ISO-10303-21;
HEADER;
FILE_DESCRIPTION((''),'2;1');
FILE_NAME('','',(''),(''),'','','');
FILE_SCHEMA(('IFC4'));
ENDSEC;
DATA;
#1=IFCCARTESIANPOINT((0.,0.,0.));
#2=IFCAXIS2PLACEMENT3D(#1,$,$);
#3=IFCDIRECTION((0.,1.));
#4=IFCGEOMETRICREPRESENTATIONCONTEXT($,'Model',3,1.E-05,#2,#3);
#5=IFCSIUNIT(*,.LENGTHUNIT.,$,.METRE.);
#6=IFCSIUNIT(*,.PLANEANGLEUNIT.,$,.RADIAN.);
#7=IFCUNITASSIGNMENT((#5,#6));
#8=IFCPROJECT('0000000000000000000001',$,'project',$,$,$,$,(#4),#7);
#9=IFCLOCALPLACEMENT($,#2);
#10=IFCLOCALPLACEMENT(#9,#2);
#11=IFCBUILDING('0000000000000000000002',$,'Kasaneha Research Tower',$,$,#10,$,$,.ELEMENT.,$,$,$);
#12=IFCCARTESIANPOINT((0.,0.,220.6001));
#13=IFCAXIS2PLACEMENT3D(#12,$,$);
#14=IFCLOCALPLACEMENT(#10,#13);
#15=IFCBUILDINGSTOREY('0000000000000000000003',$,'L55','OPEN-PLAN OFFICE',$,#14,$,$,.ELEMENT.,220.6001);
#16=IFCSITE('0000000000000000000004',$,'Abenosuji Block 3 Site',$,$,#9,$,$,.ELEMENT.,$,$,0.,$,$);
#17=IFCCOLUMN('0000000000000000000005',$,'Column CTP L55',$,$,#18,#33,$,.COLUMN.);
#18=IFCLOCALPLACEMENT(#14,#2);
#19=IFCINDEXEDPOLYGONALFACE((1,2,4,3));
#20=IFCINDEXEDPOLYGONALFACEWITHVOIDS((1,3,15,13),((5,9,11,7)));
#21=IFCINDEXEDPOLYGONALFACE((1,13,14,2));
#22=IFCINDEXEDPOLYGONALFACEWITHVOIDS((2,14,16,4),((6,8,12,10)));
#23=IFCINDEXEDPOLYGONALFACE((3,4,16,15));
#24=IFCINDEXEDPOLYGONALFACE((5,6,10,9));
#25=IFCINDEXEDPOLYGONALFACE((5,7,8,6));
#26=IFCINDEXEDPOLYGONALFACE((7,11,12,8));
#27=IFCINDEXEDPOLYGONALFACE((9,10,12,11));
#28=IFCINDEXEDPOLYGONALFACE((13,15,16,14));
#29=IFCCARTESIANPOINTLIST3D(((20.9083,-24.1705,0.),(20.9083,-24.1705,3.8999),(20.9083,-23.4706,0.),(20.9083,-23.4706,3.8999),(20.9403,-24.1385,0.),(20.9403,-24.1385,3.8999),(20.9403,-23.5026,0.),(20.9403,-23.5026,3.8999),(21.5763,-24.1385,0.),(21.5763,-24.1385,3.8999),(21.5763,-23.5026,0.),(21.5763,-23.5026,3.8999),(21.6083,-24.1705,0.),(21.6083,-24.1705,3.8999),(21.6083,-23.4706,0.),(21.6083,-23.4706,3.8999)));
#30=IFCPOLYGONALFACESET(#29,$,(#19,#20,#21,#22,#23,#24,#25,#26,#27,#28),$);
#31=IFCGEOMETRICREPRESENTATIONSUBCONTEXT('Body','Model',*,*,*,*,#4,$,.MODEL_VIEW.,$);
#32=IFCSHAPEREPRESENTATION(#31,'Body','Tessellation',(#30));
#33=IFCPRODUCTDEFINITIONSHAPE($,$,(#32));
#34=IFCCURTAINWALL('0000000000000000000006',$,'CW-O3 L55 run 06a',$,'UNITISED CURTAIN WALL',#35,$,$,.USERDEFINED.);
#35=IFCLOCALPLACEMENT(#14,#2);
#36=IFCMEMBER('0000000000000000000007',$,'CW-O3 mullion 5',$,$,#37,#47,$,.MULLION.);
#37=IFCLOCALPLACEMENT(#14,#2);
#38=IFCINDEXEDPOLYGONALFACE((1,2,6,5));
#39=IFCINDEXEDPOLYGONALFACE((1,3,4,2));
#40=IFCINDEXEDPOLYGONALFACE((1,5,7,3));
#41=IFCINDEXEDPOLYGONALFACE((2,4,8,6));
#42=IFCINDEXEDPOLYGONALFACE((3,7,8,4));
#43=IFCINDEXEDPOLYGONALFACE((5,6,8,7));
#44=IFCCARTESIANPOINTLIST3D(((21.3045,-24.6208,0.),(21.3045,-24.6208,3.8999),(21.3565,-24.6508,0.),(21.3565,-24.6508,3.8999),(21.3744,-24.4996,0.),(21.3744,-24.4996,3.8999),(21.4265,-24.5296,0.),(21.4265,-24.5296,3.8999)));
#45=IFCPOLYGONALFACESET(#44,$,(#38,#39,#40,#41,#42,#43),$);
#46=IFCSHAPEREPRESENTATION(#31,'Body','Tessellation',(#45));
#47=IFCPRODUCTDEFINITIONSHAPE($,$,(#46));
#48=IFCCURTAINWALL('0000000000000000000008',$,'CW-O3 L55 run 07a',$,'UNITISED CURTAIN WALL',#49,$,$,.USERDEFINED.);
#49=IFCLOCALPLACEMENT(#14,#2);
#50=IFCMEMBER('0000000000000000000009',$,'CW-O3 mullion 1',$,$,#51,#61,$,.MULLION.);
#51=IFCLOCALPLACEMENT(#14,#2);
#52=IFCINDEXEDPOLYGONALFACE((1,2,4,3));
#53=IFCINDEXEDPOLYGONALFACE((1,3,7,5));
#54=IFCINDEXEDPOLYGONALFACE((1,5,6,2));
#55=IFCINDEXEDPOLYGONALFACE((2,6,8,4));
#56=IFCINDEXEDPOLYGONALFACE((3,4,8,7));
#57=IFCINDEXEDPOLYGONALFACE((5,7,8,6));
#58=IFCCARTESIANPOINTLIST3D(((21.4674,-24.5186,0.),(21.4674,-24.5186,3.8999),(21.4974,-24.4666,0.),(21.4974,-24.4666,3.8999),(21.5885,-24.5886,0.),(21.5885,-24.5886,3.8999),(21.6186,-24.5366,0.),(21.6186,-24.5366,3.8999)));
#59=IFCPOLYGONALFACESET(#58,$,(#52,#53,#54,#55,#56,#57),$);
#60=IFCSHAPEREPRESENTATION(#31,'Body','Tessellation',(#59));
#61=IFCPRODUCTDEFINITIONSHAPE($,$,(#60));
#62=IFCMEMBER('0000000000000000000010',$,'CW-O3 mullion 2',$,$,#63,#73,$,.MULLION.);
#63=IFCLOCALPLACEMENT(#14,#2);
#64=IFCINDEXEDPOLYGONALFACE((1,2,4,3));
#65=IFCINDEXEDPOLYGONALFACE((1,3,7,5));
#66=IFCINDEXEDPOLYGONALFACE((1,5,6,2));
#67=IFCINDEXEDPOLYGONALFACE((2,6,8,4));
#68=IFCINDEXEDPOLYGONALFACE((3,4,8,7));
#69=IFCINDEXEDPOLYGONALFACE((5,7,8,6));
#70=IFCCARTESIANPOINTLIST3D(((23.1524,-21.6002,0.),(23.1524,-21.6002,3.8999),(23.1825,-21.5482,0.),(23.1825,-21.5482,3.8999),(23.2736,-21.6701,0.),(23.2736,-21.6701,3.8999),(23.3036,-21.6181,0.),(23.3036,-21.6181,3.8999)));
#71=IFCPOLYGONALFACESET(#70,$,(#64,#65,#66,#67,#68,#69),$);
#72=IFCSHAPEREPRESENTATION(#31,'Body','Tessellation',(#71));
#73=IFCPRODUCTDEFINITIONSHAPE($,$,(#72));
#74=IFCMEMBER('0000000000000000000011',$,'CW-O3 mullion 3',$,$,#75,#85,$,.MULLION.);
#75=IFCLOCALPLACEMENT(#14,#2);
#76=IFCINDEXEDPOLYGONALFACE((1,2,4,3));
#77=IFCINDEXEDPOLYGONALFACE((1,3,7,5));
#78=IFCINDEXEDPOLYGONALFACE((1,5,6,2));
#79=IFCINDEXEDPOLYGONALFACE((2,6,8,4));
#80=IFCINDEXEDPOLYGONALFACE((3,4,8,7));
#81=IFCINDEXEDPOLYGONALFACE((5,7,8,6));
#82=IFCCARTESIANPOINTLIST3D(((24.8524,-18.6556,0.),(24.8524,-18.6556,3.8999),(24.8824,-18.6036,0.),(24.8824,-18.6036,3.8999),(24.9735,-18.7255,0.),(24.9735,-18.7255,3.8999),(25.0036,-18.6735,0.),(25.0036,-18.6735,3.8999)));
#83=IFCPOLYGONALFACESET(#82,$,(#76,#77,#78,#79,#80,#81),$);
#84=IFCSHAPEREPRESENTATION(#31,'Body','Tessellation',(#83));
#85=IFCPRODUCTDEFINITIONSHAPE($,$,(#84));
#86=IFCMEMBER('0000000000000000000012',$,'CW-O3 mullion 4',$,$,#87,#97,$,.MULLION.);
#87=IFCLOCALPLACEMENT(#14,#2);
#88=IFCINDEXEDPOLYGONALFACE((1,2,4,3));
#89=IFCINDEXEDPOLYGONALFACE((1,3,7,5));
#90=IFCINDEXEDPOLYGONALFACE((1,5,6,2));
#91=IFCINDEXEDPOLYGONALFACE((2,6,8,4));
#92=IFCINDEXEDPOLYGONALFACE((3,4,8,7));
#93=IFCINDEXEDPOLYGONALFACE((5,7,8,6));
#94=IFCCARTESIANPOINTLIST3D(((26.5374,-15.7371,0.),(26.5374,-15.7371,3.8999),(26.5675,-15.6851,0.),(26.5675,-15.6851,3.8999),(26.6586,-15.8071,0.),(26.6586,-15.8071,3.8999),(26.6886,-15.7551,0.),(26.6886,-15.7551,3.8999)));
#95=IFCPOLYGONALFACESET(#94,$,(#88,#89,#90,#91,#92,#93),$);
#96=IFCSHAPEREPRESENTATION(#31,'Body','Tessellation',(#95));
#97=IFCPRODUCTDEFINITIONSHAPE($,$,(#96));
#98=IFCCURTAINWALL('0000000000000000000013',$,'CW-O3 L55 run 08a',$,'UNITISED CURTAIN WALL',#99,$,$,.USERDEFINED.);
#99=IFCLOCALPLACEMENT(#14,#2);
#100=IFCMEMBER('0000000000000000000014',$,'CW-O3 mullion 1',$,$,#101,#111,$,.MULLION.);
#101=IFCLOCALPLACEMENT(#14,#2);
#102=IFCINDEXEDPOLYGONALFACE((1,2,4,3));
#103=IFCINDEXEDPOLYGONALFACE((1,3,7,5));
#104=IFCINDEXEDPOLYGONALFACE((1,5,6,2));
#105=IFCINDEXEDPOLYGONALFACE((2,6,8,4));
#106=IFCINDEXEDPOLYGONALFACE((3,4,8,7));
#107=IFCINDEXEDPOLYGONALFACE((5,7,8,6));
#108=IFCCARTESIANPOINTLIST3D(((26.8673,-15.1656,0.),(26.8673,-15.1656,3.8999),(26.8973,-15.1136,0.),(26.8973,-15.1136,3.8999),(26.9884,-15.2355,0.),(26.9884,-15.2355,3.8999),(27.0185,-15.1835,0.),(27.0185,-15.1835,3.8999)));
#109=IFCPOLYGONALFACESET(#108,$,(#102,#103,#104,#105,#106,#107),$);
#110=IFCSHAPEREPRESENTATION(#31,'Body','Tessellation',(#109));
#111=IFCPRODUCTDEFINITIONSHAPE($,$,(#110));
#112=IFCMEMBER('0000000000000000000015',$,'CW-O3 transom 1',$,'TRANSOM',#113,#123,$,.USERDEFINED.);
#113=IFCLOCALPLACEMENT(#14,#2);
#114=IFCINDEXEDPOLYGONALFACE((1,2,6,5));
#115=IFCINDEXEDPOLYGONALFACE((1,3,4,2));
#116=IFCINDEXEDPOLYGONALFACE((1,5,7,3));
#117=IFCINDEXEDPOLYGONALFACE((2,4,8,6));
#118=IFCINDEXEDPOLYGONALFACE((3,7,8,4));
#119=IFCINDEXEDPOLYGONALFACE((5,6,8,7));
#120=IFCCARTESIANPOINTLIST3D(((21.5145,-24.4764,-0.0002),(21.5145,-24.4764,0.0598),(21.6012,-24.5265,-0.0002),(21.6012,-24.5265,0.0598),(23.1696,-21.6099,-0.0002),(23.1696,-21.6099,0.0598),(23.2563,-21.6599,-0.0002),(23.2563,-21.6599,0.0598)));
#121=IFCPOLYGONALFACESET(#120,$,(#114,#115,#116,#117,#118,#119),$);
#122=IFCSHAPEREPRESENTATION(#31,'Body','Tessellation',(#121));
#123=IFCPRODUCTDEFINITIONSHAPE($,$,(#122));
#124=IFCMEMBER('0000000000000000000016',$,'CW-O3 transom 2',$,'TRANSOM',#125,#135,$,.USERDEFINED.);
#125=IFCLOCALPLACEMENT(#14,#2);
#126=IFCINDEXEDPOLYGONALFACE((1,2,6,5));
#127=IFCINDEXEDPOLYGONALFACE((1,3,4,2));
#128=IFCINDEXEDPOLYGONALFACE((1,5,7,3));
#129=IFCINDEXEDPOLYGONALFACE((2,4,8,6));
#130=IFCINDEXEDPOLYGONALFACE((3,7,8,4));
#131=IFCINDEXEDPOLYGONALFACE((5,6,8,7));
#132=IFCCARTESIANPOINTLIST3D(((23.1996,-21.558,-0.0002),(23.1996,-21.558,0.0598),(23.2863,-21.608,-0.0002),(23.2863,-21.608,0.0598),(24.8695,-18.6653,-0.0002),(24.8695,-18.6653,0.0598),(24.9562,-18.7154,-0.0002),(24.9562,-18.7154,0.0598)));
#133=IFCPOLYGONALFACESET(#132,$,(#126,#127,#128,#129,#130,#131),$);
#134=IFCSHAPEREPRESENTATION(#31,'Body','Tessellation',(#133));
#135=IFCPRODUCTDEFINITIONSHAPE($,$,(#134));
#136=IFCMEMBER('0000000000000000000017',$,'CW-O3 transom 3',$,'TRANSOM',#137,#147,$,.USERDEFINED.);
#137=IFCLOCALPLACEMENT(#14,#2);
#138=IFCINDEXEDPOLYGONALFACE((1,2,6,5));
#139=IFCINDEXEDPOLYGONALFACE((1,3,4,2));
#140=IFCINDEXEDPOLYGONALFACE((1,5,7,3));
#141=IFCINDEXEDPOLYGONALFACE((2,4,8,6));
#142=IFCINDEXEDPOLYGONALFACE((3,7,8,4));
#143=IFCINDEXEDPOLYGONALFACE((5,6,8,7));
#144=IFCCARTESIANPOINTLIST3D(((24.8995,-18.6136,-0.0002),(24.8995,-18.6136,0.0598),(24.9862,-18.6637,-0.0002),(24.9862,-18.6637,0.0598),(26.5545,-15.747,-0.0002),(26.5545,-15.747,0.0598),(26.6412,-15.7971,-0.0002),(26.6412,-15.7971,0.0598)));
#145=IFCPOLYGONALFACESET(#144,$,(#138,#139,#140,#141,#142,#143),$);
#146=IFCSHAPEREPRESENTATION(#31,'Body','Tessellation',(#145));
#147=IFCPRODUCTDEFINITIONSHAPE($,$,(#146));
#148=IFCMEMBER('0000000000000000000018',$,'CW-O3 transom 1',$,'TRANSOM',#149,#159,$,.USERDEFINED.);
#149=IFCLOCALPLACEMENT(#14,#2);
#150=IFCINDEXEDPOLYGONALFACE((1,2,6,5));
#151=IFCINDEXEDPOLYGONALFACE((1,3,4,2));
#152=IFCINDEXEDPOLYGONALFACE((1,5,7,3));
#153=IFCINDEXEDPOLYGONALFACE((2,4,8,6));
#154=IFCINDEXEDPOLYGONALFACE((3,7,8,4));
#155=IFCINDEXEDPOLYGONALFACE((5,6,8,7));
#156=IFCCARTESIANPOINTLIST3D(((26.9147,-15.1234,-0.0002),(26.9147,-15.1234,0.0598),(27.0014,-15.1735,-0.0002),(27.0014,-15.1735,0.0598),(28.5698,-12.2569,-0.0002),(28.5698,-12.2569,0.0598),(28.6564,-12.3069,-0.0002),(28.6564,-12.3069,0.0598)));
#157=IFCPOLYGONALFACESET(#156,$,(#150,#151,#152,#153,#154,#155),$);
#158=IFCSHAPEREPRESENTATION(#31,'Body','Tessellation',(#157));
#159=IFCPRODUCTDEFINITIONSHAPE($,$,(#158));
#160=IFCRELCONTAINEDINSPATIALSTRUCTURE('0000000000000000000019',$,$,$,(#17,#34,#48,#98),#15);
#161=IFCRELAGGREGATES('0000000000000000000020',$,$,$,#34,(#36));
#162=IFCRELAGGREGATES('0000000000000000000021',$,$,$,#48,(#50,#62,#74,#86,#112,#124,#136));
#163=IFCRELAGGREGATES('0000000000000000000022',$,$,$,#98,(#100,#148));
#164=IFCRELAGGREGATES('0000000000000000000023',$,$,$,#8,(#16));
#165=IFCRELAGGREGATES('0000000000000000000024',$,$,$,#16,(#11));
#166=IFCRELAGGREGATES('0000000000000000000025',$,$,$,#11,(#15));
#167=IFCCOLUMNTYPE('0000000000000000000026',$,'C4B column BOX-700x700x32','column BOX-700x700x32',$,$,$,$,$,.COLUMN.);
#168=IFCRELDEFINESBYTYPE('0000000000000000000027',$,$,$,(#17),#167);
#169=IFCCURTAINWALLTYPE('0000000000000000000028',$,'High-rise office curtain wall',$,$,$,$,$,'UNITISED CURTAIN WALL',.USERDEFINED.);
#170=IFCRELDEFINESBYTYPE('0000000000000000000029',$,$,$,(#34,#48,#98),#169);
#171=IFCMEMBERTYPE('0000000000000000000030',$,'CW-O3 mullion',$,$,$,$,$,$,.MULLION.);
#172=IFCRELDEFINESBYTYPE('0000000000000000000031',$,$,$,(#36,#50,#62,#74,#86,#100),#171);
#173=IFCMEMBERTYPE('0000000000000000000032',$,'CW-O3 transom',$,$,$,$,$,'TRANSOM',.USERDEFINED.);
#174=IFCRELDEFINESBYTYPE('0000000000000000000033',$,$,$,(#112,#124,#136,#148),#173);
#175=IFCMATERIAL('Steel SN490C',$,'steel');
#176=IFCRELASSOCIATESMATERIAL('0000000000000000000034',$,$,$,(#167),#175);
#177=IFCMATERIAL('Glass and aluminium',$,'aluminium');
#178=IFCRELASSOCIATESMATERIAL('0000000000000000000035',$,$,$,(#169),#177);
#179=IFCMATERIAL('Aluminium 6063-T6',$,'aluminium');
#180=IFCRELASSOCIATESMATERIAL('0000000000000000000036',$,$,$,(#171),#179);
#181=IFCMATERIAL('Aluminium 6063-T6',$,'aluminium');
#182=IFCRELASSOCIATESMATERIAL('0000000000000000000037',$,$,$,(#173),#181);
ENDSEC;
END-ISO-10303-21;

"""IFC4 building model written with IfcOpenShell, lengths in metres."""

from ifc_helpers import new_model, si_unit, direction, frame, origin, origin_2d, place, context, subcontext, project, spatial, rectangle, hollow_rectangle, extrude, material, material_profile, profile_set, type_object, element, aggregate, save


model = new_model("IFC4")

# Units and contexts
model_context = context("Model", 3, precision=1e-05, world=origin(), true_north=direction((0.0, 1.0)))
body_context = subcontext(model_context, "Body", "Model", "MODEL_VIEW")
ifc_project = project(units=[si_unit("LENGTHUNIT", "METRE"), si_unit("PLANEANGLEUNIT", "RADIAN")], contexts=[model_context])

# Site, building, storey
site_placement = place(None, origin())
site = spatial("IfcSite", under=ifc_project, at=site_placement, Name="Abenosuji Block 3 Site", CompositionType="ELEMENT", RefElevation=0.0)
building_placement = place(site_placement, origin())
building = spatial("IfcBuilding", under=site, at=building_placement, Name="Kasaneha Research Tower", CompositionType="ELEMENT")
storey_placement = place(building_placement, frame((0.0, 0.0, 220.6001)))
storey = spatial("IfcBuildingStorey", under=building, at=storey_placement, Name="L55", Description="OPEN-PLAN OFFICE", CompositionType="ELEMENT", Elevation=220.6001)

# Column
ifc_material_1 = material(Name="Steel SN490C", Category="steel")
ifc_material_profile_1 = material_profile(ifc_material_1, hollow_rectangle(XDim=0.7, YDim=0.7, WallThickness=0.032, at=origin_2d()), Name="BOX-700x700x32")
ifc_profile_set_1 = profile_set([ifc_material_profile_1], Name="Steel SN490C")
column_type = type_object("IfcColumnType", Name="C4B column BOX-700x700x32", Description="column BOX-700x700x32", PredefinedType="COLUMN", material=ifc_profile_set_1)
column_placement = place(storey_placement, frame((21.2583, -23.8206, 0.0), z_axis=(0.0, 0.0, 1.0), x_axis=(1.0, 0.0, 0.0)))
element("IfcColumn", 1, at=column_placement, inside=storey, type_object=column_type, Name="Column CTP L55", PredefinedType="COLUMN", context=body_context, shape_type="SweptSolid", body=[
    extrude(hollow_rectangle(XDim=0.7, YDim=0.7, WallThickness=0.032, at=origin_2d()), origin(), (0.0, 0.0, 1.0), 3.8999),
])

# Curtain wall, member
ifc_material_2 = material(Name="Glass and aluminium", Category="aluminium")
curtain_wall_type = type_object("IfcCurtainWallType", Name="High-rise office curtain wall", ElementType="UNITISED CURTAIN WALL", PredefinedType="USERDEFINED", material=ifc_material_2)
curtain_wall_1_placement = place(storey_placement, origin())
curtain_wall_1 = element("IfcCurtainWall", 2, at=curtain_wall_1_placement, inside=storey, type_object=curtain_wall_type, Name="CW-O3 L55 run 06a", ObjectType="UNITISED CURTAIN WALL", PredefinedType="USERDEFINED")
ifc_material_3 = material(Name="Aluminium 6063-T6", Category="aluminium")
ifc_material_profile_2 = material_profile(ifc_material_3, rectangle(XDim=0.0601, YDim=0.1399, at=origin_2d()), Name="CW-O3 mullion 60x140")
ifc_profile_set_2 = profile_set([ifc_material_profile_2], Name="Aluminium 6063-T6")
member_type_1 = type_object("IfcMemberType", Name="CW-O3 mullion", PredefinedType="MULLION", material=ifc_profile_set_2)
member_1_placement = place(storey_placement, frame((21.3655, -24.5752, 0.0), z_axis=(0.0, 0.0, 1.0), x_axis=(0.866025, -0.5, 0.0)))
member_1 = element("IfcMember", 3, at=member_1_placement, type_object=member_type_1, Name="CW-O3 mullion 5", PredefinedType="MULLION", context=body_context, shape_type="SweptSolid", body=[
    extrude(rectangle(XDim=0.0601, YDim=0.1399, at=origin_2d()), origin(), (0.0, 0.0, 1.0), 3.8999),
])

# Curtain wall, members
curtain_wall_2_placement = place(storey_placement, origin())
curtain_wall_2 = element("IfcCurtainWall", 4, at=curtain_wall_2_placement, inside=storey, type_object=curtain_wall_type, Name="CW-O3 L55 run 07a", ObjectType="UNITISED CURTAIN WALL", PredefinedType="USERDEFINED")
member_2_placement = place(storey_placement, frame((21.543, -24.5276, 0.0), z_axis=(0.0, 0.0, 1.0), x_axis=(0.5, 0.866025, 0.0)))
member_2 = element("IfcMember", 5, at=member_2_placement, type_object=member_type_1, Name="CW-O3 mullion 1", PredefinedType="MULLION", context=body_context, shape_type="SweptSolid", body=[
    extrude(rectangle(XDim=0.0601, YDim=0.1399, at=origin_2d()), origin(), (0.0, 0.0, 1.0), 3.8999),
])
member_3_placement = place(storey_placement, frame((23.228, -21.6091, 0.0), z_axis=(0.0, 0.0, 1.0), x_axis=(0.5, 0.866025, 0.0)))
member_3 = element("IfcMember", 6, at=member_3_placement, type_object=member_type_1, Name="CW-O3 mullion 2", PredefinedType="MULLION", context=body_context, shape_type="SweptSolid", body=[
    extrude(rectangle(XDim=0.0601, YDim=0.1399, at=origin_2d()), origin(), (0.0, 0.0, 1.0), 3.8999),
])
member_4_placement = place(storey_placement, frame((24.928, -18.6646, 0.0), z_axis=(0.0, 0.0, 1.0), x_axis=(0.5, 0.866025, 0.0)))
member_4 = element("IfcMember", 7, at=member_4_placement, type_object=member_type_1, Name="CW-O3 mullion 3", PredefinedType="MULLION", context=body_context, shape_type="SweptSolid", body=[
    extrude(rectangle(XDim=0.0601, YDim=0.1399, at=origin_2d()), origin(), (0.0, 0.0, 1.0), 3.8999),
])
member_5_placement = place(storey_placement, frame((26.613, -15.7461, 0.0), z_axis=(0.0, 0.0, 1.0), x_axis=(0.5, 0.866025, 0.0)))
member_5 = element("IfcMember", 8, at=member_5_placement, type_object=member_type_1, Name="CW-O3 mullion 4", PredefinedType="MULLION", context=body_context, shape_type="SweptSolid", body=[
    extrude(rectangle(XDim=0.0601, YDim=0.1399, at=origin_2d()), origin(), (0.0, 0.0, 1.0), 3.8999),
])

# Curtain wall, member
curtain_wall_3_placement = place(storey_placement, origin())
curtain_wall_3 = element("IfcCurtainWall", 9, at=curtain_wall_3_placement, inside=storey, type_object=curtain_wall_type, Name="CW-O3 L55 run 08a", ObjectType="UNITISED CURTAIN WALL", PredefinedType="USERDEFINED")
member_6_placement = place(storey_placement, frame((26.9429, -15.1746, 0.0), z_axis=(0.0, 0.0, 1.0), x_axis=(0.5, 0.866025, 0.0)))
member_6 = element("IfcMember", 10, at=member_6_placement, type_object=member_type_1, Name="CW-O3 mullion 1", PredefinedType="MULLION", context=body_context, shape_type="SweptSolid", body=[
    extrude(rectangle(XDim=0.0601, YDim=0.1399, at=origin_2d()), origin(), (0.0, 0.0, 1.0), 3.8999),
])

# Members
ifc_material_4 = material(Name="Aluminium 6063-T6", Category="aluminium")
ifc_material_profile_3 = material_profile(ifc_material_4, rectangle(XDim=0.1001, YDim=0.0601, at=origin_2d()), Name="CW-O3 transom 100x60")
ifc_profile_set_3 = profile_set([ifc_material_profile_3], Name="Aluminium 6063-T6")
member_type_2 = type_object("IfcMemberType", Name="CW-O3 transom", ElementType="TRANSOM", PredefinedType="USERDEFINED", material=ifc_profile_set_3)
member_7_placement = place(storey_placement, frame((21.5579, -24.5015, 0.0298), z_axis=(0.500018, 0.866015, 0.0), x_axis=(-0.866015, 0.500018, 0.0)))
member_7 = element("IfcMember", 11, at=member_7_placement, type_object=member_type_2, Name="CW-O3 transom 1", ObjectType="TRANSOM", PredefinedType="USERDEFINED", context=body_context, shape_type="SweptSolid", body=[
    extrude(rectangle(XDim=0.1001, YDim=0.0601, at=origin_2d()), origin(), (0.0, 0.0, 1.0), 3.3101),
])
member_8_placement = place(storey_placement, frame((23.2429, -21.583, 0.0298), z_axis=(0.499976, 0.86604, 0.0), x_axis=(-0.86604, 0.499976, 0.0)))
member_8 = element("IfcMember", 12, at=member_8_placement, type_object=member_type_2, Name="CW-O3 transom 2", ObjectType="TRANSOM", PredefinedType="USERDEFINED", context=body_context, shape_type="SweptSolid", body=[
    extrude(rectangle(XDim=0.1001, YDim=0.0601, at=origin_2d()), origin(), (0.0, 0.0, 1.0), 3.3401),
])
member_9_placement = place(storey_placement, frame((24.9429, -18.6387, 0.0298), z_axis=(0.499986, 0.866033, 0.0), x_axis=(-0.866033, 0.499986, 0.0)))
member_9 = element("IfcMember", 13, at=member_9_placement, type_object=member_type_2, Name="CW-O3 transom 3", ObjectType="TRANSOM", PredefinedType="USERDEFINED", context=body_context, shape_type="SweptSolid", body=[
    extrude(rectangle(XDim=0.1001, YDim=0.0601, at=origin_2d()), origin(), (0.0, 0.0, 1.0), 3.3101),
])
member_10_placement = place(storey_placement, frame((26.958, -15.1484, 0.0298), z_axis=(0.500018, 0.866015, 0.0), x_axis=(-0.866015, 0.500018, 0.0)))
member_10 = element("IfcMember", 14, at=member_10_placement, type_object=member_type_2, Name="CW-O3 transom 1", ObjectType="TRANSOM", PredefinedType="USERDEFINED", context=body_context, shape_type="SweptSolid", body=[
    extrude(rectangle(XDim=0.1001, YDim=0.0601, at=origin_2d()), origin(), (0.0, 0.0, 1.0), 3.3101),
])

aggregate(curtain_wall_1, [member_1])
aggregate(curtain_wall_2, [member_2, member_3, member_4, member_5, member_7, member_8, member_9])
aggregate(curtain_wall_3, [member_6, member_10])

save(model, "model.ifc")
